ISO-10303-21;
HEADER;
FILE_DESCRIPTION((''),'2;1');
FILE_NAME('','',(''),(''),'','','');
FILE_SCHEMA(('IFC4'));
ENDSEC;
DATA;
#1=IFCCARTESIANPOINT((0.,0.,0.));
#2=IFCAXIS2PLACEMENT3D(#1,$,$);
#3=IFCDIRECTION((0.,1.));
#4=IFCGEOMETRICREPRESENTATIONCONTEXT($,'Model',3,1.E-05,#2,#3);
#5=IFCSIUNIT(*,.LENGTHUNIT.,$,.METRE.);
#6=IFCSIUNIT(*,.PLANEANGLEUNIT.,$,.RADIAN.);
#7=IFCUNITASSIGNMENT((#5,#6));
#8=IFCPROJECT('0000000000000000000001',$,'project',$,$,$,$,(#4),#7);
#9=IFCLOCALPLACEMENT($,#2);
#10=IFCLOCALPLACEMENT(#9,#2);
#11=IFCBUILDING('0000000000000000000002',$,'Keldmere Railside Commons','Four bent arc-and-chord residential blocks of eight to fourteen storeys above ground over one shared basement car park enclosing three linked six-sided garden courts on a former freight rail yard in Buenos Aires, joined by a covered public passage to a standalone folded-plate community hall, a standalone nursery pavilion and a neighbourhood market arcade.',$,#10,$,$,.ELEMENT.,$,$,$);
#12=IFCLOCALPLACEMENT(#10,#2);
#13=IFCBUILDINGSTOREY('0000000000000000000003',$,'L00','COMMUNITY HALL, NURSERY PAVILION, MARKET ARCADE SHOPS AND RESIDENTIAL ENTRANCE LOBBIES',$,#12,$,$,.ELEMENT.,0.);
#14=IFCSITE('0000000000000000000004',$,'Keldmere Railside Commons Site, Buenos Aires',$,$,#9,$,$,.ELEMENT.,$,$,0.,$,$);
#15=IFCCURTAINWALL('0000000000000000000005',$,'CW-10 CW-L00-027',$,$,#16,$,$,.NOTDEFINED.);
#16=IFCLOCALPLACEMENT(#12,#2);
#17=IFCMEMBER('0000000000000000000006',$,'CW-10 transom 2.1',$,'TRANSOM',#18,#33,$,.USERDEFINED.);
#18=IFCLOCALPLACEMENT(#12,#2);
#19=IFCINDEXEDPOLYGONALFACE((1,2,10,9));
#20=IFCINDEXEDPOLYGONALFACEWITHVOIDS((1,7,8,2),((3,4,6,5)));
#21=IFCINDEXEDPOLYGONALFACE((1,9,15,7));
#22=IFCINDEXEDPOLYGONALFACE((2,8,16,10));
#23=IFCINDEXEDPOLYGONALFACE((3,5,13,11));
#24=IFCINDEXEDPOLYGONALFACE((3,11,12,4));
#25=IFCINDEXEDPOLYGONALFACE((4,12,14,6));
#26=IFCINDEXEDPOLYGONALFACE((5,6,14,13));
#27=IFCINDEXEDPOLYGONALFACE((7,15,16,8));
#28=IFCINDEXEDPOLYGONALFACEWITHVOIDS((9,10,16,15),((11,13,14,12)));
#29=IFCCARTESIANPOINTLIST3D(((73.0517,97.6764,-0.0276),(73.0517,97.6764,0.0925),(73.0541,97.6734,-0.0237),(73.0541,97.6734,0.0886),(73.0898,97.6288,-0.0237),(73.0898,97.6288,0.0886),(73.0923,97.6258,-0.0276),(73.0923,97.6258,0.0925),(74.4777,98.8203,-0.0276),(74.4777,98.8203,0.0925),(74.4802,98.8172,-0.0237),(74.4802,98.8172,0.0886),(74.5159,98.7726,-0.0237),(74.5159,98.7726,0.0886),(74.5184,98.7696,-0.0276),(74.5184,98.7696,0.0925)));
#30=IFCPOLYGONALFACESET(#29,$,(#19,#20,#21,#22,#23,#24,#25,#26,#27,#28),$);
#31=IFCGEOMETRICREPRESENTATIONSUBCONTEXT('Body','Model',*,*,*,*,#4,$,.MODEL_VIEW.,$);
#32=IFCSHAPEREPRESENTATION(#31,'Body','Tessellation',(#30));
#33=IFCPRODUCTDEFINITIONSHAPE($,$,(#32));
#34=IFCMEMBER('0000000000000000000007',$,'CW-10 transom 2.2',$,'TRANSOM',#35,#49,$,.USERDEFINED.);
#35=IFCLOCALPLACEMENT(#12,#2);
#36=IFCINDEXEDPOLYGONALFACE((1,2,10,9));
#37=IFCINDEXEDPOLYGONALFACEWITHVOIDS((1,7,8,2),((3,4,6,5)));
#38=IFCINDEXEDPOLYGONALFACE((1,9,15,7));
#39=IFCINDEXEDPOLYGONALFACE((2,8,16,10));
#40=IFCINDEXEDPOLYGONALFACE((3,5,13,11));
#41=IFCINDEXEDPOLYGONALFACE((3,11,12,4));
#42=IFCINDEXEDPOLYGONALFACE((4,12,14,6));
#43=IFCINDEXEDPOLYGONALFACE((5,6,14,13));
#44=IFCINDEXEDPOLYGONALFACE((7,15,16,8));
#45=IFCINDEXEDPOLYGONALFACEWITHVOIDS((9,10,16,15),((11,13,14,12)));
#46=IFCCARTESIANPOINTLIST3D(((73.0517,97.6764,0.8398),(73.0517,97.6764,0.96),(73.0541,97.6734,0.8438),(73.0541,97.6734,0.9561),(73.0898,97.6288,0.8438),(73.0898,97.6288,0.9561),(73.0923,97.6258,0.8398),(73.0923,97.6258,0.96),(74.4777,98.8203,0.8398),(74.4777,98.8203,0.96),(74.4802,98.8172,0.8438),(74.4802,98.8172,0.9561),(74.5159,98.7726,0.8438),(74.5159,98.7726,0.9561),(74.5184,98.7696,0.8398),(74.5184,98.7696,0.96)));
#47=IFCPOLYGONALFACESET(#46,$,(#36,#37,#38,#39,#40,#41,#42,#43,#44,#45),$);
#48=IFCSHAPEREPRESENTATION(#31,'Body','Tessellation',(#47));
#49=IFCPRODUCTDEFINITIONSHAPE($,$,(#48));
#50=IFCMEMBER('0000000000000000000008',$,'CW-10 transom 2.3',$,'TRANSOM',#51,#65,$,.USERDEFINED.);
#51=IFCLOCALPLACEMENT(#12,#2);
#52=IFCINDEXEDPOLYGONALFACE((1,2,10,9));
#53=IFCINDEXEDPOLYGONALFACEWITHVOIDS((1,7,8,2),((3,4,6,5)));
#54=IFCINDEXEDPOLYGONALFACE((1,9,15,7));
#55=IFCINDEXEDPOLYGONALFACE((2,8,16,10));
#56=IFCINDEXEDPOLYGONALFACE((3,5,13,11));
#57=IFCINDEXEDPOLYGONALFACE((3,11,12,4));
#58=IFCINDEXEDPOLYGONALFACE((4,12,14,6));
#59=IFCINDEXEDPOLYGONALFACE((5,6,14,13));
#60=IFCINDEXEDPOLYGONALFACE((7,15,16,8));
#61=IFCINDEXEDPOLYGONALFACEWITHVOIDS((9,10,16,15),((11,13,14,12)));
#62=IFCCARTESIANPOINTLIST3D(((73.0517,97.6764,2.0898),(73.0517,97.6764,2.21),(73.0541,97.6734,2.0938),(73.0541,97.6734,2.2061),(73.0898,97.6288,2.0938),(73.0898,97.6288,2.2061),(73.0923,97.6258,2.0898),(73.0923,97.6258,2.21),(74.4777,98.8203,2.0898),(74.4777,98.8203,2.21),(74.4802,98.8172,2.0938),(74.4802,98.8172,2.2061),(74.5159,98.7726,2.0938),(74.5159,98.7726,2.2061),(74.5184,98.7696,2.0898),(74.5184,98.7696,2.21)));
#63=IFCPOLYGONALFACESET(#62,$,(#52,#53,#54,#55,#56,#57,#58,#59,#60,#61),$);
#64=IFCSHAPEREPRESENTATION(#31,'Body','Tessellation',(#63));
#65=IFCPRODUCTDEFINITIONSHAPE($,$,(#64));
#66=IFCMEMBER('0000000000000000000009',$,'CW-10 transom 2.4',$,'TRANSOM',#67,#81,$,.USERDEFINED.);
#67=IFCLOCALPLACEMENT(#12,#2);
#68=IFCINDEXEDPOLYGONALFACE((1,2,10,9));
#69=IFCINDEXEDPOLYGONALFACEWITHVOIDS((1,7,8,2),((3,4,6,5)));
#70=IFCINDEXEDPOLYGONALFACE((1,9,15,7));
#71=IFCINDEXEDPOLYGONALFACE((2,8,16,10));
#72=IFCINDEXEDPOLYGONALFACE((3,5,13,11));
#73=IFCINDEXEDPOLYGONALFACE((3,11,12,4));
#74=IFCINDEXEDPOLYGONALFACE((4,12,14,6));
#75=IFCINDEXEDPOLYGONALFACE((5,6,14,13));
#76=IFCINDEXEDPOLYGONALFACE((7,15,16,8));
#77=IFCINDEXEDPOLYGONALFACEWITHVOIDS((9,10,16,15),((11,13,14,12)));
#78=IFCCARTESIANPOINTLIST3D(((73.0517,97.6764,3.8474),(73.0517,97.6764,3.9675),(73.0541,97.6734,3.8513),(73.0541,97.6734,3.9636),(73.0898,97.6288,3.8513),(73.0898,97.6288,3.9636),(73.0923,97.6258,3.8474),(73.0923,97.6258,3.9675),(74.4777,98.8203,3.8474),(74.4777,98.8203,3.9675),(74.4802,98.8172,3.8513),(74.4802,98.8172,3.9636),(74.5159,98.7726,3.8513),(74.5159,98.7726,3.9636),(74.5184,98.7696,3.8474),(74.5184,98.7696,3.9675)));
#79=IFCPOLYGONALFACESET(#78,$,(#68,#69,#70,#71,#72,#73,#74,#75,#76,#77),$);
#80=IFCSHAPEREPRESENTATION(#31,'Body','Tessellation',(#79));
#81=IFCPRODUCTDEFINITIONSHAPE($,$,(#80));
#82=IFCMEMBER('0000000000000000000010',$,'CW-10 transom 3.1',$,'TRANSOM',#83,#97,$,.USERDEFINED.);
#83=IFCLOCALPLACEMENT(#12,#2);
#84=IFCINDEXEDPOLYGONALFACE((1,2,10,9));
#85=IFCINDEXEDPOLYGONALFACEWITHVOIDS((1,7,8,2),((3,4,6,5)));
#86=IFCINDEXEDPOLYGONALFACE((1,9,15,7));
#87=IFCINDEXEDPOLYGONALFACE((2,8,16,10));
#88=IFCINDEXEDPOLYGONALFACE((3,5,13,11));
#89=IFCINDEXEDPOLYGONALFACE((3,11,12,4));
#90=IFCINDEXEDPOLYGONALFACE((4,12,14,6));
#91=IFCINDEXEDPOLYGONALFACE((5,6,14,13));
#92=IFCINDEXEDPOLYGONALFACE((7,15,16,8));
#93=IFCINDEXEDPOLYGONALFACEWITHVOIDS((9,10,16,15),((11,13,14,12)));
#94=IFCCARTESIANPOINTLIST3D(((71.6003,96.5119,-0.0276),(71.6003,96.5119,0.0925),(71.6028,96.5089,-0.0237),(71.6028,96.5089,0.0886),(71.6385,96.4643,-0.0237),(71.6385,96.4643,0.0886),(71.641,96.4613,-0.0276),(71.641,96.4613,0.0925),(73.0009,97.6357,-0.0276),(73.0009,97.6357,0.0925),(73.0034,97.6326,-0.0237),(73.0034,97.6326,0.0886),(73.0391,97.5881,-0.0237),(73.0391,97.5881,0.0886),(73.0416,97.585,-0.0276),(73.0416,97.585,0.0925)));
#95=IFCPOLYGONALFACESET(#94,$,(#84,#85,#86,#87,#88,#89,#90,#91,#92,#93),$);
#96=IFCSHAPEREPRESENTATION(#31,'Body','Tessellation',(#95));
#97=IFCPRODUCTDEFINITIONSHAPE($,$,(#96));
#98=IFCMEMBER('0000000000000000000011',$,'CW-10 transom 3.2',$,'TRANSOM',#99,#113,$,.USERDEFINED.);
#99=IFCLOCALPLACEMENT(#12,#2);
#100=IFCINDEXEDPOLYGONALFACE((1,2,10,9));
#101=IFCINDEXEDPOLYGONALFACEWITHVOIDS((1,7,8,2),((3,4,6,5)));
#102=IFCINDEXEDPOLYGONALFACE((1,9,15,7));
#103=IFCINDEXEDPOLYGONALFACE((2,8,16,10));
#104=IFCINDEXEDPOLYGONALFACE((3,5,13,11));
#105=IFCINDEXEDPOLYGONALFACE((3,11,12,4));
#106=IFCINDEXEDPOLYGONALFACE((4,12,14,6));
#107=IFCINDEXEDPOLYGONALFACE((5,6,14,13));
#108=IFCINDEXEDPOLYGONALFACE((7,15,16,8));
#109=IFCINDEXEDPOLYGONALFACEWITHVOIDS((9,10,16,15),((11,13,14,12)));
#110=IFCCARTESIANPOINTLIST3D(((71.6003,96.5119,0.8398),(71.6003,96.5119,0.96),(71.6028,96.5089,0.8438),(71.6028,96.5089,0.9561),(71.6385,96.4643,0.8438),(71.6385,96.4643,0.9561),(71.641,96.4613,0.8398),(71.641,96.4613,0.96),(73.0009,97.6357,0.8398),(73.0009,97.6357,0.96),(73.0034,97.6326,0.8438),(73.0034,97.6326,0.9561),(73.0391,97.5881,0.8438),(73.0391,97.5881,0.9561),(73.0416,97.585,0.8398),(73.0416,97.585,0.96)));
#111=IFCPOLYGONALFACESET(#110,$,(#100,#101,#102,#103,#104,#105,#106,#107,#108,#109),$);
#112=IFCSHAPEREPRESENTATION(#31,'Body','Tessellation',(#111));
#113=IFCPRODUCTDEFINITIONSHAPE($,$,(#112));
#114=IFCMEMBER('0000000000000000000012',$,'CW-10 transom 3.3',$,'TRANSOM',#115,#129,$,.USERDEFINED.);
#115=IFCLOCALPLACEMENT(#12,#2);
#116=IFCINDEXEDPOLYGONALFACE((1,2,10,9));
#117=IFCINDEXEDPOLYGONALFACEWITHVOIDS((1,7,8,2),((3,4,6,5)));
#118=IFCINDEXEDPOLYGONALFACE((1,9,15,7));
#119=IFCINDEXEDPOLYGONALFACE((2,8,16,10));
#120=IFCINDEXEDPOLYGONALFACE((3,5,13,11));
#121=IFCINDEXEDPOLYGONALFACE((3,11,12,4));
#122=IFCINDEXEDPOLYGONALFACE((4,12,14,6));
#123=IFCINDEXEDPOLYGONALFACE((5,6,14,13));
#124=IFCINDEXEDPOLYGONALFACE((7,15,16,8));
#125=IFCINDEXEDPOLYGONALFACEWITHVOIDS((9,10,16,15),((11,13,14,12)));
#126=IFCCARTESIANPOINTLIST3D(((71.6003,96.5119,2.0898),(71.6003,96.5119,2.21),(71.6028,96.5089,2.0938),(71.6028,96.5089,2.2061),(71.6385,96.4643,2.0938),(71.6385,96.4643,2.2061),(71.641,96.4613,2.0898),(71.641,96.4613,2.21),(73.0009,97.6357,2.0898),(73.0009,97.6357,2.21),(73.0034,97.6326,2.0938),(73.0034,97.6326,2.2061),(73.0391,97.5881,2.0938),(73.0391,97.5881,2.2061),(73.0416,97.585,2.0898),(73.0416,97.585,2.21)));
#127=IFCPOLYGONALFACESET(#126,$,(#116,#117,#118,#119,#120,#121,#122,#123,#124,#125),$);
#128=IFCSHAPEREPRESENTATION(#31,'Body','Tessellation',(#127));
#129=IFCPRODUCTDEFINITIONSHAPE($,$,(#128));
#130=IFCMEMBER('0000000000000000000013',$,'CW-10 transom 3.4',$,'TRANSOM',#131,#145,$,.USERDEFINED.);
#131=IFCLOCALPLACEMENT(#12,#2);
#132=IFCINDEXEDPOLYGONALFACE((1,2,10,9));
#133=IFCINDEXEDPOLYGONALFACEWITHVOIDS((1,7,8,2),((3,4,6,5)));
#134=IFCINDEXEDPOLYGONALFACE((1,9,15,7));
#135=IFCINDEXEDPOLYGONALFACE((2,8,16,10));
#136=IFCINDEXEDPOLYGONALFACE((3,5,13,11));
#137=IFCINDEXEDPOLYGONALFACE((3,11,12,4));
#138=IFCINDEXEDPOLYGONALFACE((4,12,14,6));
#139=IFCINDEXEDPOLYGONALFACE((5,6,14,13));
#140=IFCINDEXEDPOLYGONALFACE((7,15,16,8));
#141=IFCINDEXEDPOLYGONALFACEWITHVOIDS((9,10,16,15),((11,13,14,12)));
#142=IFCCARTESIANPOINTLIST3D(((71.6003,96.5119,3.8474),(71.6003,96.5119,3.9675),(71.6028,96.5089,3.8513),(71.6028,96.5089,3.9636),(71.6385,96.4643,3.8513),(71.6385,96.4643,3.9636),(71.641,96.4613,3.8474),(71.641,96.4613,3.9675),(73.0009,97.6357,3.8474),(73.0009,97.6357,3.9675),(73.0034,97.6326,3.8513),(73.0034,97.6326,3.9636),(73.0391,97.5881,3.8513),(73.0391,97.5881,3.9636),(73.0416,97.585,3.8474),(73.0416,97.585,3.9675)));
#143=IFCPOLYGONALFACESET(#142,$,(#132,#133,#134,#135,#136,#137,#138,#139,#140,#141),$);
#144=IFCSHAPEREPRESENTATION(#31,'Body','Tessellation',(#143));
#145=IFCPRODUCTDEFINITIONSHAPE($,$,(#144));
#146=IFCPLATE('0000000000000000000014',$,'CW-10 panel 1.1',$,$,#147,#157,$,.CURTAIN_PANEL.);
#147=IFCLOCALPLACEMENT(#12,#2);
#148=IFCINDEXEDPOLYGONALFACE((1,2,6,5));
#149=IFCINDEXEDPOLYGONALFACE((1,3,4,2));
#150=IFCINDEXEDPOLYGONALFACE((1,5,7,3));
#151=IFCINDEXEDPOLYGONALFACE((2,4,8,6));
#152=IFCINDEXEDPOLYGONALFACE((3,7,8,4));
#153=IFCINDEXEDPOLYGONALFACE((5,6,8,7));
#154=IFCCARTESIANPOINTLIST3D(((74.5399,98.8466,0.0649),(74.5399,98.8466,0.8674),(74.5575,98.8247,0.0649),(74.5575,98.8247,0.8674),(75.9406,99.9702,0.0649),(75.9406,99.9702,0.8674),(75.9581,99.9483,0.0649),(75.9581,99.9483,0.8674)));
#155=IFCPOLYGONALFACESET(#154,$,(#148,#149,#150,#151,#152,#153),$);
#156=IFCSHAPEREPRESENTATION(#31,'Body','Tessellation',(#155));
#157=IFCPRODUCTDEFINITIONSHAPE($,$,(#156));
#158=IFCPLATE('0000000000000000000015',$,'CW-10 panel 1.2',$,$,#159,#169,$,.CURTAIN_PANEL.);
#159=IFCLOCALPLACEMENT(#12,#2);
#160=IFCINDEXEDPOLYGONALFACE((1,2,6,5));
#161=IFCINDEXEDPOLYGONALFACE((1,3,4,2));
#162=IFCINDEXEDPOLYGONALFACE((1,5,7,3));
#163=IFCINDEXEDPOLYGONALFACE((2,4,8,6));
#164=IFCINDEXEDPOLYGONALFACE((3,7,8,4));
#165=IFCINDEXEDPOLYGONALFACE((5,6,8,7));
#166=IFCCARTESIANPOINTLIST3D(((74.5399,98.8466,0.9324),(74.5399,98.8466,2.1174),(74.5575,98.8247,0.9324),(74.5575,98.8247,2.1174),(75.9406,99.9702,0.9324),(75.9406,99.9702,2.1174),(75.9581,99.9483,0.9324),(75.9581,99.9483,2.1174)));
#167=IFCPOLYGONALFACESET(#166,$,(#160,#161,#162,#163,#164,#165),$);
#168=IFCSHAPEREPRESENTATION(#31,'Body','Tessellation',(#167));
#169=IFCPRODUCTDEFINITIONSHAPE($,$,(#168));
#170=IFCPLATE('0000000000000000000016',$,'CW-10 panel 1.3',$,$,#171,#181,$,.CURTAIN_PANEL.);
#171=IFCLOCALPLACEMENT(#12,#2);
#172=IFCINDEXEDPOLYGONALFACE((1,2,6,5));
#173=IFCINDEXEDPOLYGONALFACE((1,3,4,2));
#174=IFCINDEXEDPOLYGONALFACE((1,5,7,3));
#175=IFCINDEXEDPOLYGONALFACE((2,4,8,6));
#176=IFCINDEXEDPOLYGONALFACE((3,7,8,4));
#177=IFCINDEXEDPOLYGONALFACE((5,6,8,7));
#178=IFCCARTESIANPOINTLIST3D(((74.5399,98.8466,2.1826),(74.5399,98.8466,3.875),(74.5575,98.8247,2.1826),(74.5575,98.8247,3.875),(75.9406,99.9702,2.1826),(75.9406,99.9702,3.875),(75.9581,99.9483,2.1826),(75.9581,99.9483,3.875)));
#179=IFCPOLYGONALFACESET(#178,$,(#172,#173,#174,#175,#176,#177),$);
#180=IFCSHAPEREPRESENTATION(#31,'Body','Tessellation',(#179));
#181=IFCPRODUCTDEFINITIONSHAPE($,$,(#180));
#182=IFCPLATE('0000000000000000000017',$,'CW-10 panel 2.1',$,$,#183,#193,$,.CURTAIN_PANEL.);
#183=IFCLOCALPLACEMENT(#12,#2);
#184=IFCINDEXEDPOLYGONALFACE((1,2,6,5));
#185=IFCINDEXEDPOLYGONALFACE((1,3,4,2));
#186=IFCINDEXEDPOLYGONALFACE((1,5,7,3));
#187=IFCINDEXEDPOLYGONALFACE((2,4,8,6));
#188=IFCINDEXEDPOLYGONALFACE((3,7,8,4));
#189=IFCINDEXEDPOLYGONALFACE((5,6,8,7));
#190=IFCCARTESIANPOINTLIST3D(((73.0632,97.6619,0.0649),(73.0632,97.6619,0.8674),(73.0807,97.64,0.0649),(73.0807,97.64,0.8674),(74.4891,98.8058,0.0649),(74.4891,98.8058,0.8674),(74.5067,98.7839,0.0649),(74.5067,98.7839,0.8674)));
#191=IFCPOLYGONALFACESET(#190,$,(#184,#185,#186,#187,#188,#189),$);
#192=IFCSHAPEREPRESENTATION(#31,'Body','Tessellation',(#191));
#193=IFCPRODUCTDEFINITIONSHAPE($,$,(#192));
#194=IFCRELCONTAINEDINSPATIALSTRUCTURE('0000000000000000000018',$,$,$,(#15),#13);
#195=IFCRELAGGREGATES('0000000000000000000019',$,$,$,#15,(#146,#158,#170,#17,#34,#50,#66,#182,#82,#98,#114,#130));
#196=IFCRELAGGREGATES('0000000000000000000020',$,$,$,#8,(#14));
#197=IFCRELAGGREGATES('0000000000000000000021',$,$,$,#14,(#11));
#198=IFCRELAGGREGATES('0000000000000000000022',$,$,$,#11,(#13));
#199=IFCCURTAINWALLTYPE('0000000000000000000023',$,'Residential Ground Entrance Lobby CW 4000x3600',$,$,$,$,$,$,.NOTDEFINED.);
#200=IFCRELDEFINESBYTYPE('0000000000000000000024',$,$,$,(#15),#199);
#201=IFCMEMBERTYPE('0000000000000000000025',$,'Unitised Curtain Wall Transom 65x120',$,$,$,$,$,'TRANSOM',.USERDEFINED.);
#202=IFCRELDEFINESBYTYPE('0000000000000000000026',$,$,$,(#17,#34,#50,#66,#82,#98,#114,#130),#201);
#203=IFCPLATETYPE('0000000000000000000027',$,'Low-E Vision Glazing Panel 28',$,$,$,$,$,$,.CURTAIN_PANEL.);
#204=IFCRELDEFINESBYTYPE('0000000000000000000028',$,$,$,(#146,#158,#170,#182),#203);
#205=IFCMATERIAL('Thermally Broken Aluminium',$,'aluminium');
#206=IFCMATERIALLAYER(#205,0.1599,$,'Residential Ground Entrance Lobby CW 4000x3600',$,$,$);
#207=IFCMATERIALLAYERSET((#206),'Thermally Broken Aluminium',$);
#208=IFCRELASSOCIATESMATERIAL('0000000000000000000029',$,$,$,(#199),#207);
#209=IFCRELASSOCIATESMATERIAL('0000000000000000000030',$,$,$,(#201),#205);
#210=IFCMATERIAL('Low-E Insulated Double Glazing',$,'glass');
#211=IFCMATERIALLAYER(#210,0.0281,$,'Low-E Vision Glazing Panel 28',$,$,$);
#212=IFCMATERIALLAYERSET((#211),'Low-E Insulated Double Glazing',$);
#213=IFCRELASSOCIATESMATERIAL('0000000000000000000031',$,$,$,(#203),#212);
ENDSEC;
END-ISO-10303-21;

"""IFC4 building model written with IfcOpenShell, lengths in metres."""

from ifc_helpers import new_model, si_unit, direction, frame, origin, origin_2d, place, context, subcontext, project, spatial, rectangle, hollow_rectangle, extrude, material, layer, layer_set, material_profile, profile_set, type_object, element, aggregate, save


model = new_model("IFC4")

# Units and contexts
model_context = context("Model", 3, precision=1e-05, world=origin(), true_north=direction((0.0, 1.0)))
body_context = subcontext(model_context, "Body", "Model", "MODEL_VIEW")
ifc_project = project(units=[si_unit("LENGTHUNIT", "METRE"), si_unit("PLANEANGLEUNIT", "RADIAN")], contexts=[model_context])

# Site, building, storey
site_placement = place(None, origin())
site = spatial("IfcSite", under=ifc_project, at=site_placement, Name="Keldmere Railside Commons Site, Buenos Aires", CompositionType="ELEMENT", RefElevation=0.0)
building_placement = place(site_placement, origin())
building = spatial("IfcBuilding", under=site, at=building_placement, Name="Keldmere Railside Commons", Description="Four bent arc-and-chord residential blocks of eight to fourteen storeys above ground over one shared basement car park enclosing three linked six-sided garden courts on a former freight rail yard in Buenos Aires, joined by a covered public passage to a standalone folded-plate community hall, a standalone nursery pavilion and a neighbourhood market arcade.", CompositionType="ELEMENT")
storey_placement = place(building_placement, origin())
storey = spatial("IfcBuildingStorey", under=building, at=storey_placement, Name="L00", Description="COMMUNITY HALL, NURSERY PAVILION, MARKET ARCADE SHOPS AND RESIDENTIAL ENTRANCE LOBBIES", CompositionType="ELEMENT", Elevation=0.0)

# Shared definitions
ifc_material_1 = material(Name="Thermally Broken Aluminium", Category="aluminium")

# Curtain wall
ifc_layer_1 = layer(ifc_material_1, 0.1599, Name="Residential Ground Entrance Lobby CW 4000x3600")
ifc_layer_set_1 = layer_set([ifc_layer_1], Name="Thermally Broken Aluminium")
curtain_wall_type_1 = type_object("IfcCurtainWallType", Name="Residential Ground Entrance Lobby CW 4000x3600", PredefinedType="NOTDEFINED", material=ifc_layer_set_1)
curtain_wall_1_placement = place(storey_placement, origin())
curtain_wall_1 = element("IfcCurtainWall", 1, at=curtain_wall_1_placement, inside=storey, type_object=curtain_wall_type_1, Name="CW-10 CW-L00-027", PredefinedType="NOTDEFINED")

# Members
ifc_material_profile_1 = material_profile(ifc_material_1, hollow_rectangle(XDim=0.0649, YDim=0.1201, WallThickness=0.0039, at=origin_2d()), Name="ALU-TRAN-65x120")
ifc_profile_set_1 = profile_set([ifc_material_profile_1], Name="Thermally Broken Aluminium")
member_type_1 = type_object("IfcMemberType", Name="Unitised Curtain Wall Transom 65x120", ElementType="TRANSOM", PredefinedType="USERDEFINED", material=ifc_profile_set_1)
member_1_placement = place(storey_placement, frame((74.498, 98.7949, 0.0325), z_axis=(-0.780073, -0.625688, 0.0), x_axis=(0.625688, -0.780073, 0.0)))
member_1 = element("IfcMember", 2, at=member_1_placement, type_object=member_type_1, Name="CW-10 transom 2.1", ObjectType="TRANSOM", PredefinedType="USERDEFINED", context=body_context, shape_type="SweptSolid", body=[
    extrude(hollow_rectangle(XDim=0.0649, YDim=0.1201, WallThickness=0.0039, at=origin_2d()), origin(), (0.0, 0.0, 1.0), 1.8281),
])
member_2_placement = place(storey_placement, frame((74.498, 98.7949, 0.8999), z_axis=(-0.780073, -0.625688, 0.0), x_axis=(0.625688, -0.780073, 0.0)))
member_2 = element("IfcMember", 3, at=member_2_placement, type_object=member_type_1, Name="CW-10 transom 2.2", ObjectType="TRANSOM", PredefinedType="USERDEFINED", context=body_context, shape_type="SweptSolid", body=[
    extrude(hollow_rectangle(XDim=0.0649, YDim=0.1201, WallThickness=0.0039, at=origin_2d()), origin(), (0.0, 0.0, 1.0), 1.8281),
])
member_3_placement = place(storey_placement, frame((74.498, 98.7949, 2.1499), z_axis=(-0.780073, -0.625688, 0.0), x_axis=(0.625688, -0.780073, 0.0)))
member_3 = element("IfcMember", 4, at=member_3_placement, type_object=member_type_1, Name="CW-10 transom 2.3", ObjectType="TRANSOM", PredefinedType="USERDEFINED", context=body_context, shape_type="SweptSolid", body=[
    extrude(hollow_rectangle(XDim=0.0649, YDim=0.1201, WallThickness=0.0039, at=origin_2d()), origin(), (0.0, 0.0, 1.0), 1.8281),
])
member_4_placement = place(storey_placement, frame((74.498, 98.7949, 3.9075), z_axis=(-0.780073, -0.625688, 0.0), x_axis=(0.625688, -0.780073, 0.0)))
member_4 = element("IfcMember", 5, at=member_4_placement, type_object=member_type_1, Name="CW-10 transom 2.4", ObjectType="TRANSOM", PredefinedType="USERDEFINED", context=body_context, shape_type="SweptSolid", body=[
    extrude(hollow_rectangle(XDim=0.0649, YDim=0.1201, WallThickness=0.0039, at=origin_2d()), origin(), (0.0, 0.0, 1.0), 1.8281),
])
member_5_placement = place(storey_placement, frame((73.0212, 97.6104, 0.0325), z_axis=(-0.779979, -0.625805, 0.0), x_axis=(0.625805, -0.779979, 0.0)))
member_5 = element("IfcMember", 6, at=member_5_placement, type_object=member_type_1, Name="CW-10 transom 3.1", ObjectType="TRANSOM", PredefinedType="USERDEFINED", context=body_context, shape_type="SweptSolid", body=[
    extrude(hollow_rectangle(XDim=0.0649, YDim=0.1201, WallThickness=0.0039, at=origin_2d()), origin(), (0.0, 0.0, 1.0), 1.7957),
])
member_6_placement = place(storey_placement, frame((73.0212, 97.6104, 0.8999), z_axis=(-0.779979, -0.625805, 0.0), x_axis=(0.625805, -0.779979, 0.0)))
member_6 = element("IfcMember", 7, at=member_6_placement, type_object=member_type_1, Name="CW-10 transom 3.2", ObjectType="TRANSOM", PredefinedType="USERDEFINED", context=body_context, shape_type="SweptSolid", body=[
    extrude(hollow_rectangle(XDim=0.0649, YDim=0.1201, WallThickness=0.0039, at=origin_2d()), origin(), (0.0, 0.0, 1.0), 1.7957),
])
member_7_placement = place(storey_placement, frame((73.0212, 97.6104, 2.1499), z_axis=(-0.779979, -0.625805, 0.0), x_axis=(0.625805, -0.779979, 0.0)))
member_7 = element("IfcMember", 8, at=member_7_placement, type_object=member_type_1, Name="CW-10 transom 3.3", ObjectType="TRANSOM", PredefinedType="USERDEFINED", context=body_context, shape_type="SweptSolid", body=[
    extrude(hollow_rectangle(XDim=0.0649, YDim=0.1201, WallThickness=0.0039, at=origin_2d()), origin(), (0.0, 0.0, 1.0), 1.7957),
])
member_8_placement = place(storey_placement, frame((73.0212, 97.6104, 3.9075), z_axis=(-0.779979, -0.625805, 0.0), x_axis=(0.625805, -0.779979, 0.0)))
member_8 = element("IfcMember", 9, at=member_8_placement, type_object=member_type_1, Name="CW-10 transom 3.4", ObjectType="TRANSOM", PredefinedType="USERDEFINED", context=body_context, shape_type="SweptSolid", body=[
    extrude(hollow_rectangle(XDim=0.0649, YDim=0.1201, WallThickness=0.0039, at=origin_2d()), origin(), (0.0, 0.0, 1.0), 1.7957),
])

# Plates
ifc_material_2 = material(Name="Low-E Insulated Double Glazing", Category="glass")
ifc_layer_2 = layer(ifc_material_2, 0.0281, Name="Low-E Vision Glazing Panel 28")
ifc_layer_set_2 = layer_set([ifc_layer_2], Name="Low-E Insulated Double Glazing")
plate_type = type_object("IfcPlateType", Name="Low-E Vision Glazing Panel 28", PredefinedType="CURTAIN_PANEL", material=ifc_layer_set_2)
plate_1_placement = place(storey_placement, frame((75.249, 99.3975, 0.0649), z_axis=(0.0, 0.0, 1.0), x_axis=(-0.780009, -0.625768, 0.0)))
plate_1 = element("IfcPlate", 10, at=plate_1_placement, type_object=plate_type, Name="CW-10 panel 1.1", PredefinedType="CURTAIN_PANEL", context=body_context, shape_type="SweptSolid", body=[
    extrude(rectangle(XDim=1.7957, YDim=0.0281, at=origin_2d()), origin(), (0.0, 0.0, 1.0), 0.8025),
])
plate_2_placement = place(storey_placement, frame((75.249, 99.3975, 0.9324), z_axis=(0.0, 0.0, 1.0), x_axis=(-0.780009, -0.625768, 0.0)))
plate_2 = element("IfcPlate", 11, at=plate_2_placement, type_object=plate_type, Name="CW-10 panel 1.2", PredefinedType="CURTAIN_PANEL", context=body_context, shape_type="SweptSolid", body=[
    extrude(rectangle(XDim=1.7957, YDim=0.0281, at=origin_2d()), origin(), (0.0, 0.0, 1.0), 1.1851),
])
plate_3_placement = place(storey_placement, frame((75.249, 99.3975, 2.1826), z_axis=(0.0, 0.0, 1.0), x_axis=(-0.780009, -0.625768, 0.0)))
plate_3 = element("IfcPlate", 12, at=plate_3_placement, type_object=plate_type, Name="CW-10 panel 1.3", PredefinedType="CURTAIN_PANEL", context=body_context, shape_type="SweptSolid", body=[
    extrude(rectangle(XDim=1.7957, YDim=0.0281, at=origin_2d()), origin(), (0.0, 0.0, 1.0), 1.6924),
])
plate_4_placement = place(storey_placement, frame((73.7849, 98.2229, 0.0649), z_axis=(0.0, 0.0, 1.0), x_axis=(-0.780009, -0.625768, 0.0)))
plate_4 = element("IfcPlate", 13, at=plate_4_placement, type_object=plate_type, Name="CW-10 panel 2.1", PredefinedType="CURTAIN_PANEL", context=body_context, shape_type="SweptSolid", body=[
    extrude(rectangle(XDim=1.8281, YDim=0.0281, at=origin_2d()), origin(), (0.0, 0.0, 1.0), 0.8025),
])
aggregate(curtain_wall_1, [plate_1, plate_2, plate_3, member_1, member_2, member_3, member_4, plate_4, member_5, member_6, member_7, member_8])

save(model, "model.ifc")
